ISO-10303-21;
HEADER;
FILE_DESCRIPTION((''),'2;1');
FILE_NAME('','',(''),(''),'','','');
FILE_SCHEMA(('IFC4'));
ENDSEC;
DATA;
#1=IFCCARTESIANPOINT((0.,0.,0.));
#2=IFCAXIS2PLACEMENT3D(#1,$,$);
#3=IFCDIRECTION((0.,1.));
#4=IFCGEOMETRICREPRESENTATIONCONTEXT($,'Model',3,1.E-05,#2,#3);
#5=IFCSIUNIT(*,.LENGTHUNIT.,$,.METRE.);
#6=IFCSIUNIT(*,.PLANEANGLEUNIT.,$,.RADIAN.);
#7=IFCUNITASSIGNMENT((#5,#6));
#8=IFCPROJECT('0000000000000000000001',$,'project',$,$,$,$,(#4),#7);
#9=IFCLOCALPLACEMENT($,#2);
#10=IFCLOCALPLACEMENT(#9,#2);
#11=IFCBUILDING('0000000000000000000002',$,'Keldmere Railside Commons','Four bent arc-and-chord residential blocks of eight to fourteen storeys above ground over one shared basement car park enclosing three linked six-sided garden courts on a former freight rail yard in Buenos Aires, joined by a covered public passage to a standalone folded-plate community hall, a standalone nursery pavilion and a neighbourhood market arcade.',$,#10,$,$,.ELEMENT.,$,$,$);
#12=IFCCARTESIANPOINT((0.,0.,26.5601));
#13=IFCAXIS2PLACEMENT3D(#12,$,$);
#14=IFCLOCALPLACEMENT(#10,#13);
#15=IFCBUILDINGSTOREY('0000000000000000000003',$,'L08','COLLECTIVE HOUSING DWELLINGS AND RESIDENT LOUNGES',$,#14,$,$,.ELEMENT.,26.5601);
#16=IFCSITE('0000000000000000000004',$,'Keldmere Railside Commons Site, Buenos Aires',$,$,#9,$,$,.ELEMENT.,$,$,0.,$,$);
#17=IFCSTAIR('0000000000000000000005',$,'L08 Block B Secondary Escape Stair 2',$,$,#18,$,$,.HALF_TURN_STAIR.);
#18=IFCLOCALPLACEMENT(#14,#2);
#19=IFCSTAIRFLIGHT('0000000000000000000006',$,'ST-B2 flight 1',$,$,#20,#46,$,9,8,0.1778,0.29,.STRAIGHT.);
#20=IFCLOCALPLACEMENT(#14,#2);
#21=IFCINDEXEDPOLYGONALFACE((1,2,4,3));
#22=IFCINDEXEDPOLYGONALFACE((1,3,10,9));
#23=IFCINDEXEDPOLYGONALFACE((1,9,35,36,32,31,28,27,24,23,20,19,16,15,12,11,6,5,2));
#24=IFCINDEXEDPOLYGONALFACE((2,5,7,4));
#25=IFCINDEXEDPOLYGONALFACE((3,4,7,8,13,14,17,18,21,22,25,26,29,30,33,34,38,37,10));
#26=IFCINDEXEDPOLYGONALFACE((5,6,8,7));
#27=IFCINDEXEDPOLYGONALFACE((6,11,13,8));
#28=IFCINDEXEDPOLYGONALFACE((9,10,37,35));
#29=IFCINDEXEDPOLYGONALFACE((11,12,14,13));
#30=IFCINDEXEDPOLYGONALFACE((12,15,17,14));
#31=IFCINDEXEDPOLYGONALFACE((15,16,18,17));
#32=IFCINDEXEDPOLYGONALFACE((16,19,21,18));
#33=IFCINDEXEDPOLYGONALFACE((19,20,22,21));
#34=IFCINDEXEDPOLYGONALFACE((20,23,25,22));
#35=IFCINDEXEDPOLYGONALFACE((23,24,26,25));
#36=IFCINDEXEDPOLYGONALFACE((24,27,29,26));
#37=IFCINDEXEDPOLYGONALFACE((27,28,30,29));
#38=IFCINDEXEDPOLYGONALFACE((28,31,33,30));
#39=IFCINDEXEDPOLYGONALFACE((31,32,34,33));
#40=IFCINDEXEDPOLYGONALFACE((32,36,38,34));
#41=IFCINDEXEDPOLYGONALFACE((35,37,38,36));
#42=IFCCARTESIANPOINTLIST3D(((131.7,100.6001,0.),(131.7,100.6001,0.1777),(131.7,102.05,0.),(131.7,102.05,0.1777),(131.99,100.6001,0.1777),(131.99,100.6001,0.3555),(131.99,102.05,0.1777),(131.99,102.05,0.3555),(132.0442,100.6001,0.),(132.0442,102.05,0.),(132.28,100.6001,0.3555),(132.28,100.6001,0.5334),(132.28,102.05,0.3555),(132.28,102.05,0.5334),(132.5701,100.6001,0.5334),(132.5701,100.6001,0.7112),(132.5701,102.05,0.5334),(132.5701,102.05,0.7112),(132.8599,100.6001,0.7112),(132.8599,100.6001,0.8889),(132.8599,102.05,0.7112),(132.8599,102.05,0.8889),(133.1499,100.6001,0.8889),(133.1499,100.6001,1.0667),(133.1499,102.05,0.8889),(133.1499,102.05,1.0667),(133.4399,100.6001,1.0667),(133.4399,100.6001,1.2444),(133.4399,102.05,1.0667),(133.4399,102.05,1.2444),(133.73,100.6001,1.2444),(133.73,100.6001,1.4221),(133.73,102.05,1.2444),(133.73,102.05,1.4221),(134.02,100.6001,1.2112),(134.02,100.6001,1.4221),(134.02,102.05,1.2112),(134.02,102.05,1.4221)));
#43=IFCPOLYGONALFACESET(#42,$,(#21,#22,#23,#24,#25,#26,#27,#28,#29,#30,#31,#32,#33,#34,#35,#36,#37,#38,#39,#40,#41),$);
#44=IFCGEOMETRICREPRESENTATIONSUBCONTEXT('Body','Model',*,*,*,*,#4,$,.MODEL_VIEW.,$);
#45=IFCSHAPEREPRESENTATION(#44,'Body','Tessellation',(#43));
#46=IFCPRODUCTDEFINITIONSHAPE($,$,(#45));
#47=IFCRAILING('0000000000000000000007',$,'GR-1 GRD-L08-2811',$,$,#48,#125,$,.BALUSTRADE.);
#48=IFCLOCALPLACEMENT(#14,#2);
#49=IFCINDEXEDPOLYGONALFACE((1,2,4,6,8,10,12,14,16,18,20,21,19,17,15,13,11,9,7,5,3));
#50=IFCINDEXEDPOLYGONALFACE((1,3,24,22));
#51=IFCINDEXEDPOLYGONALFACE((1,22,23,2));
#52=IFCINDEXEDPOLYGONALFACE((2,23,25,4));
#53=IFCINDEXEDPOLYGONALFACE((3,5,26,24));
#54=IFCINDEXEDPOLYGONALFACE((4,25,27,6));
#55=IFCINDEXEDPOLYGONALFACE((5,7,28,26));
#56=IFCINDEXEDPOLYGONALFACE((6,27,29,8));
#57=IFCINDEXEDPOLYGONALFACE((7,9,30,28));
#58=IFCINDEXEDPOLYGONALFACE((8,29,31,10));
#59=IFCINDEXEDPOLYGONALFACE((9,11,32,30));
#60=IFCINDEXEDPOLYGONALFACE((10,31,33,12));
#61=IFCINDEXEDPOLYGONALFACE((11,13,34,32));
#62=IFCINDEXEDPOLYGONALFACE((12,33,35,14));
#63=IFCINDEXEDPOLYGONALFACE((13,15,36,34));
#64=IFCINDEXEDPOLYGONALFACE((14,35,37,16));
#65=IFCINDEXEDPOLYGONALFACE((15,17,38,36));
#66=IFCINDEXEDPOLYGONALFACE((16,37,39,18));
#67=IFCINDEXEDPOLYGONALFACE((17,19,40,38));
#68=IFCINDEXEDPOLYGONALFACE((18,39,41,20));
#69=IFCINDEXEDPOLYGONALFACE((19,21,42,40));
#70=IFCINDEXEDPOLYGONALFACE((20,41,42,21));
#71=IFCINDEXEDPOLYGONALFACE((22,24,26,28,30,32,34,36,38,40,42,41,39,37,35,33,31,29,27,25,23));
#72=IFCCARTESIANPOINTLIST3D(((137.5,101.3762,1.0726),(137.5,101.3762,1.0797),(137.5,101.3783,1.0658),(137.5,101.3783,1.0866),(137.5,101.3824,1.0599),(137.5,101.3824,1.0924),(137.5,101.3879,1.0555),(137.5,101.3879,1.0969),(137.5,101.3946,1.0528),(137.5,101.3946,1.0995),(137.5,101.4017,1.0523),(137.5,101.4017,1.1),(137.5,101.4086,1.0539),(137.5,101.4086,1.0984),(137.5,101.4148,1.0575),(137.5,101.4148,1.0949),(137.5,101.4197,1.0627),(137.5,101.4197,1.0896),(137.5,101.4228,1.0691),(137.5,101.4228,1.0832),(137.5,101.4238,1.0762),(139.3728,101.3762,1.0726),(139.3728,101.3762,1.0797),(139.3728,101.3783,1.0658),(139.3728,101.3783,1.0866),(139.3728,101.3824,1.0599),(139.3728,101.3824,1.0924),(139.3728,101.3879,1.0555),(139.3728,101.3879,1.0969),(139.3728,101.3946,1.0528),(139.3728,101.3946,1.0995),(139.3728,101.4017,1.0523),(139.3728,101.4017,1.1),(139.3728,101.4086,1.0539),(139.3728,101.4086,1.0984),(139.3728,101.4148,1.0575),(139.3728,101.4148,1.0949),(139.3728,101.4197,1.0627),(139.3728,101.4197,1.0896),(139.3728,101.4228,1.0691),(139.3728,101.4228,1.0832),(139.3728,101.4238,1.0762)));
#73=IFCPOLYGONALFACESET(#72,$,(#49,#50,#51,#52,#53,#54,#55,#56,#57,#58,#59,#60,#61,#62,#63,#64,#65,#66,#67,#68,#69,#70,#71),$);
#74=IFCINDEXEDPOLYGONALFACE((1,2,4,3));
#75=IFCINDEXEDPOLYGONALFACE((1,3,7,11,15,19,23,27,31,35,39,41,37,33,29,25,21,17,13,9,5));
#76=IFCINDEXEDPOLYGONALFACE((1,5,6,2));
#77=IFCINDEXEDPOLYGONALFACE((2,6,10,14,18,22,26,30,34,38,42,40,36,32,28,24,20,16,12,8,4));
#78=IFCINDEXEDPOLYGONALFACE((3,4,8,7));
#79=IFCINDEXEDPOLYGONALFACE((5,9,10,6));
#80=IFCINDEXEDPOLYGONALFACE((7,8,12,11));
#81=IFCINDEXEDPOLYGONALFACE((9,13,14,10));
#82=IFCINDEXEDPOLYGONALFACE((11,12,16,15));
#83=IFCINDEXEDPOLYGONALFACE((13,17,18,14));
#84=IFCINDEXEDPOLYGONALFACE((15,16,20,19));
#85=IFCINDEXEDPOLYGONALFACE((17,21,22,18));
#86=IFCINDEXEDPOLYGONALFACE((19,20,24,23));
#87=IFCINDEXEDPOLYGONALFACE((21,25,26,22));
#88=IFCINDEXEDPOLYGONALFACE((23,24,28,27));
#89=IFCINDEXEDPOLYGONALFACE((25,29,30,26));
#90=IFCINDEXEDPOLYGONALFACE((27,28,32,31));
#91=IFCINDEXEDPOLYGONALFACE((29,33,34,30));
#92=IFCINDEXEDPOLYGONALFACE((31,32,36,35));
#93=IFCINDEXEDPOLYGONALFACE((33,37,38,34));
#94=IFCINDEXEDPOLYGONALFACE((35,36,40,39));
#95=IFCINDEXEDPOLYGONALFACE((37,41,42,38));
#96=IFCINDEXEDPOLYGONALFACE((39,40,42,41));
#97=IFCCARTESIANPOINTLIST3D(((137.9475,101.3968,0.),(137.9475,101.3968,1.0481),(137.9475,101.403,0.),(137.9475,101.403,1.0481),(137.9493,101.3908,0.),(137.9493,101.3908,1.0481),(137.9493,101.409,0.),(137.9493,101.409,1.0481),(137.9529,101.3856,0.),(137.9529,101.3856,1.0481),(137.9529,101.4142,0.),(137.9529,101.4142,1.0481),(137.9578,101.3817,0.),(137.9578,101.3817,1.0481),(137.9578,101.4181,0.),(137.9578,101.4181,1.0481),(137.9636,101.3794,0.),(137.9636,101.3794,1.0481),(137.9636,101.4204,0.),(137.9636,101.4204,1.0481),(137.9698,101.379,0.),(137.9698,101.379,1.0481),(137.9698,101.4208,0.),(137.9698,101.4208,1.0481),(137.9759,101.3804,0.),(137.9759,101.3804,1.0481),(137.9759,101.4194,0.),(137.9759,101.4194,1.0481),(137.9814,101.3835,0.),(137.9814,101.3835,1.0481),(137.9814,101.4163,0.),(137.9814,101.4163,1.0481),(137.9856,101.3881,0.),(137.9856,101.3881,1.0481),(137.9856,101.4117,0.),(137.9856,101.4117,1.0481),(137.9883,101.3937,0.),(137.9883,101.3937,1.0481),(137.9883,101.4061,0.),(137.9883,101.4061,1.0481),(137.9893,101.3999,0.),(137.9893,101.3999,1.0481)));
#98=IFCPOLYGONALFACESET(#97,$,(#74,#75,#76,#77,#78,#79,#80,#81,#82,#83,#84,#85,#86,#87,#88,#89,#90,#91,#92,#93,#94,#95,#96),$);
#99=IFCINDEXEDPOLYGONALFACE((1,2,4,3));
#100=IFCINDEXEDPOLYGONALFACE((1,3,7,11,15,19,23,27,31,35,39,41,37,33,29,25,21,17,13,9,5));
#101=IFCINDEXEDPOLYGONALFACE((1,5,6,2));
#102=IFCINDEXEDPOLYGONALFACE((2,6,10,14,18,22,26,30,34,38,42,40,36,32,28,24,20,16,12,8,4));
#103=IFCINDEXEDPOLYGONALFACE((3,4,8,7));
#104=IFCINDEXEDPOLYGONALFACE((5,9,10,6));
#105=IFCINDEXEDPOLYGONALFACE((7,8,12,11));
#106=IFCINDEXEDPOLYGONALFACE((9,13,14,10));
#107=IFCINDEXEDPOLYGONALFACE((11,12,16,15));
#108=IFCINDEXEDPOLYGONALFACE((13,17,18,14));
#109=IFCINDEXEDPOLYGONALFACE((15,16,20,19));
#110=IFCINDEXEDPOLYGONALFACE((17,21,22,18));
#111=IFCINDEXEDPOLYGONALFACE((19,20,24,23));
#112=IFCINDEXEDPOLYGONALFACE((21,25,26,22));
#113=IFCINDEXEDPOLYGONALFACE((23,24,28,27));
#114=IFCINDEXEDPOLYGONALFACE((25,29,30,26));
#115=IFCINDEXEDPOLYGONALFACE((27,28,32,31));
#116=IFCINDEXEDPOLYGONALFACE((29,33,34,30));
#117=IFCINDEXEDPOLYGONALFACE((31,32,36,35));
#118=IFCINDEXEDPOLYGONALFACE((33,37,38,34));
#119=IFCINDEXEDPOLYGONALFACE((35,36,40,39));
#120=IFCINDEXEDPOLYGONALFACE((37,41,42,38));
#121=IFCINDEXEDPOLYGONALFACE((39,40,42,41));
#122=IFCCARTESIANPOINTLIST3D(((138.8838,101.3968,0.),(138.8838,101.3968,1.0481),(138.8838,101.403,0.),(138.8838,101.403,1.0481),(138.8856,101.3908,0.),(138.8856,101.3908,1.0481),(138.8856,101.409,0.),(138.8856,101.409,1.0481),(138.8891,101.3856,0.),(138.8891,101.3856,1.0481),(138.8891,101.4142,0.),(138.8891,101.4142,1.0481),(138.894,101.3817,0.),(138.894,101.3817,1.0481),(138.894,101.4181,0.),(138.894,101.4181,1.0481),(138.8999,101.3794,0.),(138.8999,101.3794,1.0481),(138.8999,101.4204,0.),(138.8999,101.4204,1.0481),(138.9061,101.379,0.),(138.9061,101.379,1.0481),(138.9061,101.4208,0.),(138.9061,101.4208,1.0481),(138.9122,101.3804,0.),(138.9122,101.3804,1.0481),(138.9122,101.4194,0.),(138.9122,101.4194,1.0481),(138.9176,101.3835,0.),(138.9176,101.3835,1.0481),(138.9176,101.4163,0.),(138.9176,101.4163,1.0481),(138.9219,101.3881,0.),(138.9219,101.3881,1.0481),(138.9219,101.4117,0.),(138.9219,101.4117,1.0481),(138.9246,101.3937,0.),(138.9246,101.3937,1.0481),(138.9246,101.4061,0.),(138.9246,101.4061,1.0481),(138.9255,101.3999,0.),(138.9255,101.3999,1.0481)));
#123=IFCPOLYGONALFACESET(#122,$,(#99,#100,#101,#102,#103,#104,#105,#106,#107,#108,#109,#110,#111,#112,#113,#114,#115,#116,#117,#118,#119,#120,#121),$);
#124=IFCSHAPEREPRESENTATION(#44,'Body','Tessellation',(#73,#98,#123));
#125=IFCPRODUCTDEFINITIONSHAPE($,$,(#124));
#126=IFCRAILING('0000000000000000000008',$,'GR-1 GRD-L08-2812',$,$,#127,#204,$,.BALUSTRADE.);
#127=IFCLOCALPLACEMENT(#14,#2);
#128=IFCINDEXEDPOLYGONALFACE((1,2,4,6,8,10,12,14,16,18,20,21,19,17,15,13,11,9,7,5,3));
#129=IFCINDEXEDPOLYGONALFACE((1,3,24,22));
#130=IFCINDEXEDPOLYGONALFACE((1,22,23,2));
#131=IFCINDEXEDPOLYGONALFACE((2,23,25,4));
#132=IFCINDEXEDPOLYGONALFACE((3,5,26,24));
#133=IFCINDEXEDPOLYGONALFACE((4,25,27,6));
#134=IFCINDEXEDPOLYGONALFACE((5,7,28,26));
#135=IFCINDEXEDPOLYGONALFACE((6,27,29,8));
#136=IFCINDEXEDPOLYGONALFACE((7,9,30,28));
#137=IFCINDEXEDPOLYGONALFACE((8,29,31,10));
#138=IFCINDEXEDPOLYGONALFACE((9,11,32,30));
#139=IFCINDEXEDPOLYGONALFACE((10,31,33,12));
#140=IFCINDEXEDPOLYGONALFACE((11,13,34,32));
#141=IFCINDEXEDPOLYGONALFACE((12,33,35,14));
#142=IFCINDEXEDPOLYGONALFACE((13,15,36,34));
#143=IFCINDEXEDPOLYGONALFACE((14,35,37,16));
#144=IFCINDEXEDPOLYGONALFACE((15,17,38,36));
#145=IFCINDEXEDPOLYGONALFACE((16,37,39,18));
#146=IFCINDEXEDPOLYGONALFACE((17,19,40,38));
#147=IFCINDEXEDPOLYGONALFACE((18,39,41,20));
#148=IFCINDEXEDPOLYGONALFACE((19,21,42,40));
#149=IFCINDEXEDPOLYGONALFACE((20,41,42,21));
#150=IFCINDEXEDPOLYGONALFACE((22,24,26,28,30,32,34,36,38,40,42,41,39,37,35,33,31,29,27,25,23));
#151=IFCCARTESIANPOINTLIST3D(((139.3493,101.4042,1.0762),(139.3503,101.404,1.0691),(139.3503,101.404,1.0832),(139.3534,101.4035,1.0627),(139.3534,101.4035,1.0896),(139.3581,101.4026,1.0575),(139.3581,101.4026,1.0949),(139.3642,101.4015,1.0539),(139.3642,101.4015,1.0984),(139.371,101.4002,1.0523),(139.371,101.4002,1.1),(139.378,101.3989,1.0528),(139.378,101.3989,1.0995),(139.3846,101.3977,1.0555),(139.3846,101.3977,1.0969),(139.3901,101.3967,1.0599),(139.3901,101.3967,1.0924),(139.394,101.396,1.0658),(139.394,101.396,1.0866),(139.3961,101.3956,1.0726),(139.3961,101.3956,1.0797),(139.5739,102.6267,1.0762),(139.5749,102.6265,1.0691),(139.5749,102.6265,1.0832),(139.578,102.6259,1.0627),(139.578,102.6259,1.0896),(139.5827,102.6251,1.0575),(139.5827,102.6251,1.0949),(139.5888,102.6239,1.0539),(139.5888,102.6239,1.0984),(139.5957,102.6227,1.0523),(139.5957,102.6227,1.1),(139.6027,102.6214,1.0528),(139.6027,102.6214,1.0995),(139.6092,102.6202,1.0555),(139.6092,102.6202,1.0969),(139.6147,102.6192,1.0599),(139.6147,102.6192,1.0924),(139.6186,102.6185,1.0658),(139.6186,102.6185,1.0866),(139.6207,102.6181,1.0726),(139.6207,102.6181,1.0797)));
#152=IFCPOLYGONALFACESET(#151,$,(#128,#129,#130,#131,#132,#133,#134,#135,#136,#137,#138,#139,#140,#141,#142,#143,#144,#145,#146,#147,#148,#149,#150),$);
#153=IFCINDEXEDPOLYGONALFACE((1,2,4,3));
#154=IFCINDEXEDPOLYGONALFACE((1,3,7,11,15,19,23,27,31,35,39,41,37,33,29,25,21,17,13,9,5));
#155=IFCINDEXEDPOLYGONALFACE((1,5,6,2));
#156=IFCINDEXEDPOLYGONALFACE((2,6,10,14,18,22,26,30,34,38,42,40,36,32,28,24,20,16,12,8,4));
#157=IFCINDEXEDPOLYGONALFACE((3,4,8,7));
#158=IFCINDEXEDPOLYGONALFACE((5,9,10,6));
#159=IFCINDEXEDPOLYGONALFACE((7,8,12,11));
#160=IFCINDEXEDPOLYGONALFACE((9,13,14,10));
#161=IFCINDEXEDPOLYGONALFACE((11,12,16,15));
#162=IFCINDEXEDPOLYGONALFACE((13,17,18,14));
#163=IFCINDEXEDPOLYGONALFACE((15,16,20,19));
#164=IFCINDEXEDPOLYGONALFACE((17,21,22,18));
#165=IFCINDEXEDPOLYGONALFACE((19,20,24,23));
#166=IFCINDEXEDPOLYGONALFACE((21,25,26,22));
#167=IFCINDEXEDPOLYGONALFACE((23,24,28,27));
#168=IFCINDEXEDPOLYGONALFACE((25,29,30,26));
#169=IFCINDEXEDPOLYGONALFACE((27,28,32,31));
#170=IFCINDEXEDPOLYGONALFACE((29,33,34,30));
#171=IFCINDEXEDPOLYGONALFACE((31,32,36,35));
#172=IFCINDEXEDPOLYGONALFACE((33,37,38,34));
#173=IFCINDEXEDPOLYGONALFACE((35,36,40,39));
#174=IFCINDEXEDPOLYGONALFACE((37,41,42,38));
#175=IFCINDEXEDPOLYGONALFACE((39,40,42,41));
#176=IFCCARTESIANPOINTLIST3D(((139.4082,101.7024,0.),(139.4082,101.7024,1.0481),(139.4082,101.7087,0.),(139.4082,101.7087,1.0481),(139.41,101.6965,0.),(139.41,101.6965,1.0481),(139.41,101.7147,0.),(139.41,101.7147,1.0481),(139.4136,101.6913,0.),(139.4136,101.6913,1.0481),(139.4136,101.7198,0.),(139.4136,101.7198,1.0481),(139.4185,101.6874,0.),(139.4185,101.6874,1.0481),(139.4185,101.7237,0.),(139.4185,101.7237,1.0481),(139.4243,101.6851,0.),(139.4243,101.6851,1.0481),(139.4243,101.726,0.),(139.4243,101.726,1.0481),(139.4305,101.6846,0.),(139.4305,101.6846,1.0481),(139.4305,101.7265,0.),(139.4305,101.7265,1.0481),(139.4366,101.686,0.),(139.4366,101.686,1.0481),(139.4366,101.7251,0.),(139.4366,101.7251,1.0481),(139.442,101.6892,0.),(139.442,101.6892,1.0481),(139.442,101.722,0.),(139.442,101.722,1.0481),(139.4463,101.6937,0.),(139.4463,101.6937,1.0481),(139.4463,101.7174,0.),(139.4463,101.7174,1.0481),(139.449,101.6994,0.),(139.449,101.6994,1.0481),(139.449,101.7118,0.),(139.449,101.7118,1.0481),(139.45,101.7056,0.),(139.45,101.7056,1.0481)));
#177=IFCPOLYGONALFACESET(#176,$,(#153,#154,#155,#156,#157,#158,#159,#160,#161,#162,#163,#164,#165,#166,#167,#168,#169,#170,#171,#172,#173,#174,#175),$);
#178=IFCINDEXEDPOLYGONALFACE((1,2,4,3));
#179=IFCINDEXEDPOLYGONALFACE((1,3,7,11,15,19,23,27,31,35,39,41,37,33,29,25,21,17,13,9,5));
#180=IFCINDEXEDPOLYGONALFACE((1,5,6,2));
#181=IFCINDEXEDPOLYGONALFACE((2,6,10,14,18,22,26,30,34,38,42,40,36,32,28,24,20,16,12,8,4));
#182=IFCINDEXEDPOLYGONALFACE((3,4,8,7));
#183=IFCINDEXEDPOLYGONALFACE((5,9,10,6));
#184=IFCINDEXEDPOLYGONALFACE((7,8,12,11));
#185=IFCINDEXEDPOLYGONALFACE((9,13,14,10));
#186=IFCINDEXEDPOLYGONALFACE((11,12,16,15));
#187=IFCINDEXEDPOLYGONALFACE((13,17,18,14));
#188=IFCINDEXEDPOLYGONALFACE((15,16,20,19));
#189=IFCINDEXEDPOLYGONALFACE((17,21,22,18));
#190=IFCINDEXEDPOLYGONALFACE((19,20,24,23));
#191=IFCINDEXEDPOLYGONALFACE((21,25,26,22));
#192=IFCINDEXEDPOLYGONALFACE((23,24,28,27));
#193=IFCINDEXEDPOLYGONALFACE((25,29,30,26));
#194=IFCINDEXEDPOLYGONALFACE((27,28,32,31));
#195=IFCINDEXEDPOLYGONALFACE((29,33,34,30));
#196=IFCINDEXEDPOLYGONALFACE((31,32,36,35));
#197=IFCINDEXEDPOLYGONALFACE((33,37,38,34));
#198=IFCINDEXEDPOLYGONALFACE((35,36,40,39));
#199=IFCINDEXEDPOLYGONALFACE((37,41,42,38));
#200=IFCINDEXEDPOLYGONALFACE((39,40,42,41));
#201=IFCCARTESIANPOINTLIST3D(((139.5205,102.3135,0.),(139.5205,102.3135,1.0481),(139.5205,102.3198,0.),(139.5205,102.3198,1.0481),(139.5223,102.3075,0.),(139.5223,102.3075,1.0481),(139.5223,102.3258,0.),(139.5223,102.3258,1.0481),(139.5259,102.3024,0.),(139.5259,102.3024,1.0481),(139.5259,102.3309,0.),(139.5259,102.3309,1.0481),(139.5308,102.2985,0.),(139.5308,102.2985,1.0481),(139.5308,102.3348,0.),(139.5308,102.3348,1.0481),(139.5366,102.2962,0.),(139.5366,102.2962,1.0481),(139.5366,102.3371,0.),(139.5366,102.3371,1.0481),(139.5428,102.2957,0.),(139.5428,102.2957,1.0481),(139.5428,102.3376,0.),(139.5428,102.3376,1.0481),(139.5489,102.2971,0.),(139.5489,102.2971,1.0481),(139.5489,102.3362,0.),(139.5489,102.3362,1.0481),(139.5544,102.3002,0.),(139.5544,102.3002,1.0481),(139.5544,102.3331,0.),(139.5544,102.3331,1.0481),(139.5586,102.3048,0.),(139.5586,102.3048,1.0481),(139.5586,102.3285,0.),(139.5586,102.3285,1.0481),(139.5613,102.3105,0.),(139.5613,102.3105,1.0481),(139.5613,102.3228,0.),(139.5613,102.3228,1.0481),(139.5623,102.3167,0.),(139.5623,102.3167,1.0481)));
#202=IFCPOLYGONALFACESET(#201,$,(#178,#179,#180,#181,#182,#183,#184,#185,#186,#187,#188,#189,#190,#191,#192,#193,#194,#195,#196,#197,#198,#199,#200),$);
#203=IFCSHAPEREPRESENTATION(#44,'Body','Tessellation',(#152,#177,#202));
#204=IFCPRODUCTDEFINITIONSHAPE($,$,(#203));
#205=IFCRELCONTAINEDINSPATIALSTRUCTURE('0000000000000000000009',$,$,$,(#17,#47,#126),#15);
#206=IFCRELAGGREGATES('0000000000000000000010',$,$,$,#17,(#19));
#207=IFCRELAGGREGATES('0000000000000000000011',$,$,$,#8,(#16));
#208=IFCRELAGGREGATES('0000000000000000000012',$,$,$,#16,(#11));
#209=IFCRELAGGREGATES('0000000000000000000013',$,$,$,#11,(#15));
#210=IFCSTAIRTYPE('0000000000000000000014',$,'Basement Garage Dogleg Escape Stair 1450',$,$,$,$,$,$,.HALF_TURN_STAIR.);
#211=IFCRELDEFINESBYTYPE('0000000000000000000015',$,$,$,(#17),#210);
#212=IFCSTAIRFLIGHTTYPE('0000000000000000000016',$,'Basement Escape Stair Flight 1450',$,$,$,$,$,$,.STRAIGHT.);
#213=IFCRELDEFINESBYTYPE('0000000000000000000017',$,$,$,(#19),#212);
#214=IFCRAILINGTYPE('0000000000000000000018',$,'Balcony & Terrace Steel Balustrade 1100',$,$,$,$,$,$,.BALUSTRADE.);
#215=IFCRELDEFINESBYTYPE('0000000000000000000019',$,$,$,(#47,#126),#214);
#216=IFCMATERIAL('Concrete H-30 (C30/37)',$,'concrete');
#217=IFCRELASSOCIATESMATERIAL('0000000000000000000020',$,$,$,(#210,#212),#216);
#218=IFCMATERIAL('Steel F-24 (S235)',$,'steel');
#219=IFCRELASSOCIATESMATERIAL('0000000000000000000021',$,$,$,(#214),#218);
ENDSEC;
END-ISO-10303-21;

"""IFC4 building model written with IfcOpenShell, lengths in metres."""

from ifc_helpers import new_model, si_unit, direction, frame, origin, origin_2d, place, context, subcontext, project, spatial, polyline, circle, outline, extrude, material, type_object, element, aggregate, save


model = new_model("IFC4")

# Units and contexts
model_context = context("Model", 3, precision=1e-05, world=origin(), true_north=direction((0.0, 1.0)))
body_context = subcontext(model_context, "Body", "Model", "MODEL_VIEW")
ifc_project = project(units=[si_unit("LENGTHUNIT", "METRE"), si_unit("PLANEANGLEUNIT", "RADIAN")], contexts=[model_context])

# Site, building, storey
site_placement = place(None, origin())
site = spatial("IfcSite", under=ifc_project, at=site_placement, Name="Keldmere Railside Commons Site, Buenos Aires", CompositionType="ELEMENT", RefElevation=0.0)
building_placement = place(site_placement, origin())
building = spatial("IfcBuilding", under=site, at=building_placement, Name="Keldmere Railside Commons", Description="Four bent arc-and-chord residential blocks of eight to fourteen storeys above ground over one shared basement car park enclosing three linked six-sided garden courts on a former freight rail yard in Buenos Aires, joined by a covered public passage to a standalone folded-plate community hall, a standalone nursery pavilion and a neighbourhood market arcade.", CompositionType="ELEMENT")
storey_placement = place(building_placement, frame((0.0, 0.0, 26.5601)))
storey = spatial("IfcBuildingStorey", under=building, at=storey_placement, Name="L08", Description="COLLECTIVE HOUSING DWELLINGS AND RESIDENT LOUNGES", CompositionType="ELEMENT", Elevation=26.5601)

# Stair, stair flight
ifc_material_1 = material(Name="Concrete H-30 (C30/37)", Category="concrete")
stair_type = type_object("IfcStairType", Name="Basement Garage Dogleg Escape Stair 1450", PredefinedType="HALF_TURN_STAIR", material=ifc_material_1)
stair_placement = place(storey_placement, origin())
stair = element("IfcStair", 1, at=stair_placement, inside=storey, type_object=stair_type, Name="L08 Block B Secondary Escape Stair 2", PredefinedType="HALF_TURN_STAIR")
stair_flight_type = type_object("IfcStairFlightType", Name="Basement Escape Stair Flight 1450", PredefinedType="STRAIGHT", material=ifc_material_1)
stair_flight_placement = place(storey_placement, frame((131.7, 101.325, 0.0), z_axis=(0.0, 0.0, 1.0), x_axis=(1.0, 0.0, 0.0)))
stair_flight = element("IfcStairFlight", 2, at=stair_flight_placement, type_object=stair_flight_type, Name="ST-B2 flight 1", NumberOfRisers=9, NumberOfTreads=8, PredefinedType="STRAIGHT", RiserHeight=0.1778, TreadLength=0.29, context=body_context, shape_type="SweptSolid", body=[
    extrude(outline(polyline([(0.0, 0.0), (0.0, 0.1777), (0.29, 0.1777), (0.29, 0.3555), (0.5801, 0.3555), (0.5801, 0.5334), (0.8701, 0.5334), (0.8701, 0.7112), (1.1599, 0.7112), (1.1599, 0.8889), (1.45, 0.8889), (1.45, 1.0667), (1.74, 1.0667), (1.74, 1.2444), (2.03, 1.2444), (2.03, 1.4221), (2.3201, 1.4221), (2.3201, 1.6001), (2.3201, 1.2112), (0.3442, 0.0), (0.0, 0.0)])), frame((0.0, 0.7251, 0.0), z_axis=(0.0, -1.0, 0.0), x_axis=(1.0, 0.0, 0.0)), (0.0, 0.0, 1.0), 1.45),
])
aggregate(stair, [stair_flight])

# Railings
ifc_material_2 = material(Name="Steel F-24 (S235)", Category="steel")
railing_type_1 = type_object("IfcRailingType", Name="Balcony & Terrace Steel Balustrade 1100", PredefinedType="BALUSTRADE", material=ifc_material_2)
railing_1_placement = place(storey_placement, frame((137.5, 101.3999, 0.0)))
element("IfcRailing", 3, at=railing_1_placement, inside=storey, type_object=railing_type_1, Name="GR-1 GRD-L08-2811", PredefinedType="BALUSTRADE", context=body_context, shape_type="SweptSolid", body=[
    extrude(circle(Radius=0.0239, at=origin_2d()), frame((0.0, 0.0, 1.0762), z_axis=(1.0, 0.0, 0.0), x_axis=(0.0, 1.0, 0.0)), (0.0, 0.0, 1.0), 1.8728),
    extrude(circle(Radius=0.021, at=origin_2d()), frame((0.4683, 0.0, 0.0)), (0.0, 0.0, 1.0), 1.0481),
    extrude(circle(Radius=0.021, at=origin_2d()), frame((1.4045, 0.0, 0.0)), (0.0, 0.0, 1.0), 1.0481),
])
railing_2_placement = place(storey_placement, frame((139.3728, 101.3999, 0.0)))
element("IfcRailing", 4, at=railing_2_placement, inside=storey, type_object=railing_type_1, Name="GR-1 GRD-L08-2812", PredefinedType="BALUSTRADE", context=body_context, shape_type="SweptSolid", body=[
    extrude(circle(Radius=0.0239, at=origin_2d()), frame((0.0, 0.0, 1.0762), z_axis=(0.180717, 0.983535, 0.0), x_axis=(-0.983535, 0.180717, 0.0)), (0.0, 0.0, 1.0), 1.2429),
    extrude(circle(Radius=0.021, at=origin_2d()), frame((0.0562, 0.3057, 0.0)), (0.0, 0.0, 1.0), 1.0481),
    extrude(circle(Radius=0.021, at=origin_2d()), frame((0.1685, 0.9167, 0.0)), (0.0, 0.0, 1.0), 1.0481),
])

save(model, "model.ifc")
